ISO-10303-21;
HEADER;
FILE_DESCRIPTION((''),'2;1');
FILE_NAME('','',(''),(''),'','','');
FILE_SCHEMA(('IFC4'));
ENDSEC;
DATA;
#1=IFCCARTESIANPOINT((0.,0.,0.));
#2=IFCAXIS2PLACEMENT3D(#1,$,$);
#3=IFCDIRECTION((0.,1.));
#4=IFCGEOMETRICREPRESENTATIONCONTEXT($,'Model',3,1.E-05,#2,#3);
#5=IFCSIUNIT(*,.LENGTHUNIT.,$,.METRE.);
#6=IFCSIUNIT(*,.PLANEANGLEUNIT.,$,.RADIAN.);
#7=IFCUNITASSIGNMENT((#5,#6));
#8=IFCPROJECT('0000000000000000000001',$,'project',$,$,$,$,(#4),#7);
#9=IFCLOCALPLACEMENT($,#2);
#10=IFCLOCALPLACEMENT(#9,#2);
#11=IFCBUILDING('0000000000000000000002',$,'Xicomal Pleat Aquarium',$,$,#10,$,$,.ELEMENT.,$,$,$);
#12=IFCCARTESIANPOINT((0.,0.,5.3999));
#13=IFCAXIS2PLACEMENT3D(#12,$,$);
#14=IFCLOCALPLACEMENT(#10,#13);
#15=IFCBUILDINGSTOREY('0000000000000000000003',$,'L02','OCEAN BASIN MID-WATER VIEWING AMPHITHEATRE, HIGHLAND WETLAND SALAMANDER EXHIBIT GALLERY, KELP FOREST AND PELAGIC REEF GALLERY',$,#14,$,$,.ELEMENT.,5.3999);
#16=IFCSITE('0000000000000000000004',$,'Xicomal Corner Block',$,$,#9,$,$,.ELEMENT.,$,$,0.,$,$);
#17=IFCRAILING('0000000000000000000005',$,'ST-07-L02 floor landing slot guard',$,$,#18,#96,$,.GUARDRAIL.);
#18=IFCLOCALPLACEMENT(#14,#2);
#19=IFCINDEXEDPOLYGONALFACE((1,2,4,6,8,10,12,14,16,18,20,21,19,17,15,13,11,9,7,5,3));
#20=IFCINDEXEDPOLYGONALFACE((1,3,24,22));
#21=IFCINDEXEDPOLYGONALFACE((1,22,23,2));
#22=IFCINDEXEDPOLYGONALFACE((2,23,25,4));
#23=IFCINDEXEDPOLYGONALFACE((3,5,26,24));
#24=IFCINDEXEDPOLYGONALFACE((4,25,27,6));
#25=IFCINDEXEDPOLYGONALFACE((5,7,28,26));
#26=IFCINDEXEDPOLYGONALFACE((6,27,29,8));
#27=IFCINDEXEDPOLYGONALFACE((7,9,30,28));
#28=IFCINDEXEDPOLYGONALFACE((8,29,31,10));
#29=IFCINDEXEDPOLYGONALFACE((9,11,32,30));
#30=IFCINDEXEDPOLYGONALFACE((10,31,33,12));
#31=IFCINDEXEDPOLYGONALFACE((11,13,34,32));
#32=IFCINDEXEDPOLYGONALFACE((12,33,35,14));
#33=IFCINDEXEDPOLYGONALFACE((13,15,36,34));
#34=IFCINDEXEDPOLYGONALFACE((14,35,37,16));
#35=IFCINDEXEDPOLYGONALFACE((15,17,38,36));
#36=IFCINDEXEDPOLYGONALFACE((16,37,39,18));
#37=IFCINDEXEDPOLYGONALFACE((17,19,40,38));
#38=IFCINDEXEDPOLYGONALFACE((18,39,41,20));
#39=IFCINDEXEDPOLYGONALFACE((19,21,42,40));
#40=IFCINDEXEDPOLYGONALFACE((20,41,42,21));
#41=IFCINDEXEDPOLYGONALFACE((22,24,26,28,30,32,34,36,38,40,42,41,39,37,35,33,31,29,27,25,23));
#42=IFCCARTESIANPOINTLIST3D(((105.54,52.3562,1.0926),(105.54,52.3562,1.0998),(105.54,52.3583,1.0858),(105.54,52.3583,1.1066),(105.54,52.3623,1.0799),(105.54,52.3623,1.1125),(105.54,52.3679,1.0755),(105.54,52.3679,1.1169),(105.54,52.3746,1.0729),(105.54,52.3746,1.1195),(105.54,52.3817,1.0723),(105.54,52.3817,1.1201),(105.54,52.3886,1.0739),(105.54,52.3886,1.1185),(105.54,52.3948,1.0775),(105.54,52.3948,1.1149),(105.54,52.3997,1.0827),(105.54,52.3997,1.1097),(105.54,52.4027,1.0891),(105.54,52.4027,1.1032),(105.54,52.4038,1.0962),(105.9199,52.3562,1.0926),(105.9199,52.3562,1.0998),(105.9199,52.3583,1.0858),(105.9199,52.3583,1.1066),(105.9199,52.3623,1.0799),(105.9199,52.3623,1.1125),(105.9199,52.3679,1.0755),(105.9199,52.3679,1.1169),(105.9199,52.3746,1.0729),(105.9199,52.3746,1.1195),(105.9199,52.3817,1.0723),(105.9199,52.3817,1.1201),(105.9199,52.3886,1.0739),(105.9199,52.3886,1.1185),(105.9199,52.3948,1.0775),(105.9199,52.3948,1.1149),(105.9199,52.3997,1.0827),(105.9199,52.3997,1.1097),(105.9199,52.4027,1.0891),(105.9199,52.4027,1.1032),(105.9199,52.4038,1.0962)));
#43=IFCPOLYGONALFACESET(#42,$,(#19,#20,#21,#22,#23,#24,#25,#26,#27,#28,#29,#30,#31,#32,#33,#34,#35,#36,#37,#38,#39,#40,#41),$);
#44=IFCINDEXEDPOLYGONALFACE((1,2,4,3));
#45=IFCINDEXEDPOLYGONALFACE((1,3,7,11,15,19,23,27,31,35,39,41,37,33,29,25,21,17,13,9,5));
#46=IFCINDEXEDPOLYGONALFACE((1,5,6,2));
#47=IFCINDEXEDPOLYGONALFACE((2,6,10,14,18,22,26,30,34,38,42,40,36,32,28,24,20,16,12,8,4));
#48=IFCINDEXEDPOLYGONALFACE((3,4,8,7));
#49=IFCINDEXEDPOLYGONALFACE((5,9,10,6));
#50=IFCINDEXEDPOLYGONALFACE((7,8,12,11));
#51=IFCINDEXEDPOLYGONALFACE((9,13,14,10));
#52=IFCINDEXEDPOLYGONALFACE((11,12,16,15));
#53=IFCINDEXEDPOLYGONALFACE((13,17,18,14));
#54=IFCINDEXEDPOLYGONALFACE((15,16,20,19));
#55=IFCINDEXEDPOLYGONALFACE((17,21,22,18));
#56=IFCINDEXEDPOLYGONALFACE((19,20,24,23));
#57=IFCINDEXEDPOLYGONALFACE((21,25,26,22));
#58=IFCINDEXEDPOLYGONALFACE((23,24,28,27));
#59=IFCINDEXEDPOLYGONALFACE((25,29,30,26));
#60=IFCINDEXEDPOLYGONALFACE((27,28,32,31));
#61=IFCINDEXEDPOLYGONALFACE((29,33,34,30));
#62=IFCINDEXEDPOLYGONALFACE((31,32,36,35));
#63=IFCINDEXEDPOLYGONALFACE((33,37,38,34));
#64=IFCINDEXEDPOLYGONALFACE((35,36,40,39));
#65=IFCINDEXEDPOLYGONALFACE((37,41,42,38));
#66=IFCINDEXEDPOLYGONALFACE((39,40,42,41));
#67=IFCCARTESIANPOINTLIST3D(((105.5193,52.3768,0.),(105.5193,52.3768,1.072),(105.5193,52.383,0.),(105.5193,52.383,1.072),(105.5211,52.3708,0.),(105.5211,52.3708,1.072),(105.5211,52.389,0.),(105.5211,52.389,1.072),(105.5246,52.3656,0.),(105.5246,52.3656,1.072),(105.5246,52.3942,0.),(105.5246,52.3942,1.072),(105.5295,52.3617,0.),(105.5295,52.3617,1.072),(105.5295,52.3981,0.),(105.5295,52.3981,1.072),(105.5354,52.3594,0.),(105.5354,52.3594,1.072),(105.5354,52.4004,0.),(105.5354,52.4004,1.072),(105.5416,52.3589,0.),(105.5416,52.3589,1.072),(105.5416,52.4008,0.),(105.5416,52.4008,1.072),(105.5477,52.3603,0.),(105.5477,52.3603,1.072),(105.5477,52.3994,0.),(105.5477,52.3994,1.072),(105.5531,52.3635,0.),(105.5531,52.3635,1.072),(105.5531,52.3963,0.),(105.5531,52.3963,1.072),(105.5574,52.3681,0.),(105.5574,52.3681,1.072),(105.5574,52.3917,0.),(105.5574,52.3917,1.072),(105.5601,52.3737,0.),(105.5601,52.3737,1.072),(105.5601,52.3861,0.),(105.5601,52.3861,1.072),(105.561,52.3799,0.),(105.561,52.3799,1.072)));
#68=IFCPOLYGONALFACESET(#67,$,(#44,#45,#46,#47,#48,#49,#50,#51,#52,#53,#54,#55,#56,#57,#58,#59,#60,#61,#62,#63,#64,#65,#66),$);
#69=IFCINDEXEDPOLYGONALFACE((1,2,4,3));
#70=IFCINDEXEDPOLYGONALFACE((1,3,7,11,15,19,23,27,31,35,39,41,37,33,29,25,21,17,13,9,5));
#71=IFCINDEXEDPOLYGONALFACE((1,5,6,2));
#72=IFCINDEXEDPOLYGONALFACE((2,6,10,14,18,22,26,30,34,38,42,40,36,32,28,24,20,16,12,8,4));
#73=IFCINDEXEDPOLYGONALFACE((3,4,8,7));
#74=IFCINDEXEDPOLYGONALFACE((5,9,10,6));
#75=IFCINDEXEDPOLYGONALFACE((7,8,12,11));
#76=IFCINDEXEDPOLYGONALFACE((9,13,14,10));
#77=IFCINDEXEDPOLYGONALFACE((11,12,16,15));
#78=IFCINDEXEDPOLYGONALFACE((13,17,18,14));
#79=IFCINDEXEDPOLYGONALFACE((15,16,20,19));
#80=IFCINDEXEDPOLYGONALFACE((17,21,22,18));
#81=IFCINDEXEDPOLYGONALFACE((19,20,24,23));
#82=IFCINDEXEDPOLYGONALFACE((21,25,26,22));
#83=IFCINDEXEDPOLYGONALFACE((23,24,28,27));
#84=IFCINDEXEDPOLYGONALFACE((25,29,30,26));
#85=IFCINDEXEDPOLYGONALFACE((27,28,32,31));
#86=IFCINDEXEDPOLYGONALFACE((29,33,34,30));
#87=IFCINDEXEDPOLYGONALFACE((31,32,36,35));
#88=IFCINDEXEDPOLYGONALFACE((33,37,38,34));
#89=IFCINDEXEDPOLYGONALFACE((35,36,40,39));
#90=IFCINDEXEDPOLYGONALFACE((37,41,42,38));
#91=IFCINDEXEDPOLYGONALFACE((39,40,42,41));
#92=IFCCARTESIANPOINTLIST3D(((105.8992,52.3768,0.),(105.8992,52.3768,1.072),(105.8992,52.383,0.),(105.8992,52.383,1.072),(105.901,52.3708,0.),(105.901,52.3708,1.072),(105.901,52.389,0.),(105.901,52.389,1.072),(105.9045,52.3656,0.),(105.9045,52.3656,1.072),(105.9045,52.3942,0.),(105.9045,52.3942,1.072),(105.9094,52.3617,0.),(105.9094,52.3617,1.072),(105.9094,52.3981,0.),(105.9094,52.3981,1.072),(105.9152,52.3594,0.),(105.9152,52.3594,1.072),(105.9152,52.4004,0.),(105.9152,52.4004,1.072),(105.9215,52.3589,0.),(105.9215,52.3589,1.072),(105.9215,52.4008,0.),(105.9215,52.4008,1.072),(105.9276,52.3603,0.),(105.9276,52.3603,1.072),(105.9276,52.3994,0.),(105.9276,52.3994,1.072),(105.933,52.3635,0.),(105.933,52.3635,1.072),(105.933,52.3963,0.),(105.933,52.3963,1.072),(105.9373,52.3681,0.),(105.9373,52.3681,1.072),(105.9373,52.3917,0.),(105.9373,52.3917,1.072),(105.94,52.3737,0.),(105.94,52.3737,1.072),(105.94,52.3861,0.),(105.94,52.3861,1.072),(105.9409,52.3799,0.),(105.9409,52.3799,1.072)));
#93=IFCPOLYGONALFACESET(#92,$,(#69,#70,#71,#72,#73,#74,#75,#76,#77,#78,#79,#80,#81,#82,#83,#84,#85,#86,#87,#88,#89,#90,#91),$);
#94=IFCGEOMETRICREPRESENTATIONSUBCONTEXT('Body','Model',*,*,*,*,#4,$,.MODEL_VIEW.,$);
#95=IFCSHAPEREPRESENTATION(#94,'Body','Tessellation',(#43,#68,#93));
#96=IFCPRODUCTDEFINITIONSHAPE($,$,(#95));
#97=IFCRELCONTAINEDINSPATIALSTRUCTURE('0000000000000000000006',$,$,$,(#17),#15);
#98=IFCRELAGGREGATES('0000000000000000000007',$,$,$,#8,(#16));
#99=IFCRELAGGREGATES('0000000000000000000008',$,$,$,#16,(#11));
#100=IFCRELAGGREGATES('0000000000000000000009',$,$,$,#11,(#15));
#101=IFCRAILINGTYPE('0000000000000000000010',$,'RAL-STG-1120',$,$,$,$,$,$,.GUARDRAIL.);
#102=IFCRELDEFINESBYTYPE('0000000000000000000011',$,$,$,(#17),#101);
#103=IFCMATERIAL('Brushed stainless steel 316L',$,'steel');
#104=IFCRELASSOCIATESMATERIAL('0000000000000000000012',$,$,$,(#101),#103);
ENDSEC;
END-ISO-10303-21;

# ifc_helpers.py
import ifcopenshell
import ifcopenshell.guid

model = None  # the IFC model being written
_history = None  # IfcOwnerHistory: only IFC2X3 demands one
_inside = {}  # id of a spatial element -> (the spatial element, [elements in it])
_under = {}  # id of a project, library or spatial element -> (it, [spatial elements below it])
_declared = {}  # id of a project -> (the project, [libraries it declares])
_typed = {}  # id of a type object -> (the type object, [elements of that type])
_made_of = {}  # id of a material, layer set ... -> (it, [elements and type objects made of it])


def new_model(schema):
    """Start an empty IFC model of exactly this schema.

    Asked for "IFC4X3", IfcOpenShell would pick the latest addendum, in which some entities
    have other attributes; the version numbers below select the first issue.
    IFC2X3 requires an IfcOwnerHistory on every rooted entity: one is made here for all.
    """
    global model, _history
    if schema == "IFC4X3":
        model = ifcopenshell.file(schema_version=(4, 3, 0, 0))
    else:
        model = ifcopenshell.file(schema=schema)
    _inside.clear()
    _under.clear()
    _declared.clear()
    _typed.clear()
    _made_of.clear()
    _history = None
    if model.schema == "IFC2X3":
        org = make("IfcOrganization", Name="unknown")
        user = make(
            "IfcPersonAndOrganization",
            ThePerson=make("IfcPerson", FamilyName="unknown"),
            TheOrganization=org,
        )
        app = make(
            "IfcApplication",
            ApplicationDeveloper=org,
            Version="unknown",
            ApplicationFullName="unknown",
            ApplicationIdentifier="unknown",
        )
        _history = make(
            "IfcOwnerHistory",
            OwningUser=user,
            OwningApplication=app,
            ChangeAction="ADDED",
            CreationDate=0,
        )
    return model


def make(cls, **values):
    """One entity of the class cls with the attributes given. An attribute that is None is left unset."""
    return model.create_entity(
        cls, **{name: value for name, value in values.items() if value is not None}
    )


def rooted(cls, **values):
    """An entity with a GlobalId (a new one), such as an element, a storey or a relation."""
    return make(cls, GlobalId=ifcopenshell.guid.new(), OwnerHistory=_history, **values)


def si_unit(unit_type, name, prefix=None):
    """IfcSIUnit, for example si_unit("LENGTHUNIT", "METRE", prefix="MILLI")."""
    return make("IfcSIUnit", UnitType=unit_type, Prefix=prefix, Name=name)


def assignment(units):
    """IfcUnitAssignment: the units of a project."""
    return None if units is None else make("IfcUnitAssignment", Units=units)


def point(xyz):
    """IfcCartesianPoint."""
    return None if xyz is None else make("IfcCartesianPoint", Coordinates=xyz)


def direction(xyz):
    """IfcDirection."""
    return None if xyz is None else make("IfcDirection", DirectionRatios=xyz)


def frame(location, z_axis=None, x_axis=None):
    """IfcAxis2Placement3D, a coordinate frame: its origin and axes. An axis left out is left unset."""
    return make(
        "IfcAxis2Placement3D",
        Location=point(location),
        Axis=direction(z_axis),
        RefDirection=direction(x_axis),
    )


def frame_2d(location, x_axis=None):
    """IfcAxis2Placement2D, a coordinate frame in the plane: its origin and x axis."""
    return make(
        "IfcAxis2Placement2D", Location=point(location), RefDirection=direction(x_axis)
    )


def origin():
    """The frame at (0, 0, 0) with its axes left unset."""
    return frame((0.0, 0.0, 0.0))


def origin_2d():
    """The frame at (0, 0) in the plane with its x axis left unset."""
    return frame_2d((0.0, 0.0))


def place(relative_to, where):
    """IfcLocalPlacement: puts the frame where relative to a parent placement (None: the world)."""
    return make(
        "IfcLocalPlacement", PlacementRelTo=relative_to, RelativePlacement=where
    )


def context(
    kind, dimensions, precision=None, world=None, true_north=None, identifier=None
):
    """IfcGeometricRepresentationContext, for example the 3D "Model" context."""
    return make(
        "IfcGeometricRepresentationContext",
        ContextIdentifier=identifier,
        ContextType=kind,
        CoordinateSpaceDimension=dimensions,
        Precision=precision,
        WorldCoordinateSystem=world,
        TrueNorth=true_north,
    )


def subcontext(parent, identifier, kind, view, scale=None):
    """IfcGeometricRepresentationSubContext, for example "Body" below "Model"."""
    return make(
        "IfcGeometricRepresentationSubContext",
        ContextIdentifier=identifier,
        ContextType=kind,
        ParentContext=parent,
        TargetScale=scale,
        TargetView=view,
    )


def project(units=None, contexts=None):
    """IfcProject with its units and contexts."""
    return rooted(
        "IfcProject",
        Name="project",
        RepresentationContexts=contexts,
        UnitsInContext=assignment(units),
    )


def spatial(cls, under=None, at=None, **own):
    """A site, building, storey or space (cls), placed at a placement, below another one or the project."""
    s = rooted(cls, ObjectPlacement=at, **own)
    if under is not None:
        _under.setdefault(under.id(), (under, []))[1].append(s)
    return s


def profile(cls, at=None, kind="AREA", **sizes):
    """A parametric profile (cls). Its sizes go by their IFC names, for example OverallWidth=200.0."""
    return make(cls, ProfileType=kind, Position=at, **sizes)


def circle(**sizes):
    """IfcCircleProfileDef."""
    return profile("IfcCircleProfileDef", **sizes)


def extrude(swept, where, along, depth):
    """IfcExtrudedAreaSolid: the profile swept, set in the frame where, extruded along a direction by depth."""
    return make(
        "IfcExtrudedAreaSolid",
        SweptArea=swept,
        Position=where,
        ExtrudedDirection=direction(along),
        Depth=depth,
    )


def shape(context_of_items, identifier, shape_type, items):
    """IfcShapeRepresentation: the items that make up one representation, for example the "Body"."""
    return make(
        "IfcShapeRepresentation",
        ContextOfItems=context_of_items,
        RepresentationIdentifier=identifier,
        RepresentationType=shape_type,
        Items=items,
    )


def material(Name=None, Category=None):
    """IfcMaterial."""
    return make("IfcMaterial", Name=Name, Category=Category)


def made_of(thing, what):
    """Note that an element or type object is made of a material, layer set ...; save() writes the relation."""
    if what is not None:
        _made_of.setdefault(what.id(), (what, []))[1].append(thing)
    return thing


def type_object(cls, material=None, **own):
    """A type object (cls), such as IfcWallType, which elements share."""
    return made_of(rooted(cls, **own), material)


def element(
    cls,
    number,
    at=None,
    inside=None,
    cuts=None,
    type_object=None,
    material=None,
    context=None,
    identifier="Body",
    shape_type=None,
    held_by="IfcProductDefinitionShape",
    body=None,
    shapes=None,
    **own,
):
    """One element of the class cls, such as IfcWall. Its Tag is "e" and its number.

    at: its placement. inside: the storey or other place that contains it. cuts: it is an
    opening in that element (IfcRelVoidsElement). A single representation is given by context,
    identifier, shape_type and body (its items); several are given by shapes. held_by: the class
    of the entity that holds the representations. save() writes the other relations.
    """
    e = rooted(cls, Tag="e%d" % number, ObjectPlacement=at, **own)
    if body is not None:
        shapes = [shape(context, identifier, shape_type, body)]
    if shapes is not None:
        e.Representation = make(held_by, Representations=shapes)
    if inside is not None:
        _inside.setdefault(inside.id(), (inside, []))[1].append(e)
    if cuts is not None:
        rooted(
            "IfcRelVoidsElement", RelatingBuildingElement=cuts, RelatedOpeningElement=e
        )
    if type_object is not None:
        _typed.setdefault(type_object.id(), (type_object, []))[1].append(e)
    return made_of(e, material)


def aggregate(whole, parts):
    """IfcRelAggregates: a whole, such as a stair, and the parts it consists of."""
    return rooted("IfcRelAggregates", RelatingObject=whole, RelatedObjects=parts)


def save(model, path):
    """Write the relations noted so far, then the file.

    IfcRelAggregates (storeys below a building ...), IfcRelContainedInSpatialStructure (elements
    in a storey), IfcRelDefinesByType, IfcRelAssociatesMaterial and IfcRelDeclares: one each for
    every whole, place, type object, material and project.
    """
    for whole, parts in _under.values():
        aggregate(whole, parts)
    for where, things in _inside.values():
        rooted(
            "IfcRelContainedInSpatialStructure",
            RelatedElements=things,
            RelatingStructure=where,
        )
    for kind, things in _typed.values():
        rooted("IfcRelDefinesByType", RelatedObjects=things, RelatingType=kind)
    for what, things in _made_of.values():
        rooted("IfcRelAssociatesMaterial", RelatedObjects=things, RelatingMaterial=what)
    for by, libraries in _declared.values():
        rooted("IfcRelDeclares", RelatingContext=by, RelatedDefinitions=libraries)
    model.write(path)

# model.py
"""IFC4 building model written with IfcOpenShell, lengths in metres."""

from ifc_helpers import new_model, si_unit, direction, frame, origin, origin_2d, place, context, subcontext, project, spatial, circle, extrude, material, type_object, element, save


model = new_model("IFC4")

# Units and contexts
model_context = context("Model", 3, precision=1e-05, world=origin(), true_north=direction((0.0, 1.0)))
body_context = subcontext(model_context, "Body", "Model", "MODEL_VIEW")
ifc_project = project(units=[si_unit("LENGTHUNIT", "METRE"), si_unit("PLANEANGLEUNIT", "RADIAN")], contexts=[model_context])

# Site, building, storey
site_placement = place(None, origin())
site = spatial("IfcSite", under=ifc_project, at=site_placement, Name="Xicomal Corner Block", CompositionType="ELEMENT", RefElevation=0.0)
building_placement = place(site_placement, origin())
building = spatial("IfcBuilding", under=site, at=building_placement, Name="Xicomal Pleat Aquarium", CompositionType="ELEMENT")
storey_placement = place(building_placement, frame((0.0, 0.0, 5.3999)))
storey = spatial("IfcBuildingStorey", under=building, at=storey_placement, Name="L02", Description="OCEAN BASIN MID-WATER VIEWING AMPHITHEATRE, HIGHLAND WETLAND SALAMANDER EXHIBIT GALLERY, KELP FOREST AND PELAGIC REEF GALLERY", CompositionType="ELEMENT", Elevation=5.3999)

# Railing
ifc_material_1 = material(Name="Brushed stainless steel 316L", Category="steel")
railing_type_1 = type_object("IfcRailingType", Name="RAL-STG-1120", PredefinedType="GUARDRAIL", material=ifc_material_1)
railing_1_placement = place(storey_placement, frame((105.54, 52.3799, 0.0)))
element("IfcRailing", 1, at=railing_1_placement, inside=storey, type_object=railing_type_1, Name="ST-07-L02 floor landing slot guard", PredefinedType="GUARDRAIL", context=body_context, shape_type="SweptSolid", body=[
    extrude(circle(Radius=0.0239, at=origin_2d()), frame((0.0, 0.0, 1.0962), z_axis=(1.0, 0.0, 0.0), x_axis=(0.0, 1.0, 0.0)), (0.0, 0.0, 1.0), 0.3799),
    extrude(circle(Radius=0.021, at=origin_2d()), origin(), (0.0, 0.0, 1.0), 1.072),
    extrude(circle(Radius=0.021, at=origin_2d()), frame((0.3799, 0.0, 0.0)), (0.0, 0.0, 1.0), 1.072),
])

save(model, "model.ifc")
